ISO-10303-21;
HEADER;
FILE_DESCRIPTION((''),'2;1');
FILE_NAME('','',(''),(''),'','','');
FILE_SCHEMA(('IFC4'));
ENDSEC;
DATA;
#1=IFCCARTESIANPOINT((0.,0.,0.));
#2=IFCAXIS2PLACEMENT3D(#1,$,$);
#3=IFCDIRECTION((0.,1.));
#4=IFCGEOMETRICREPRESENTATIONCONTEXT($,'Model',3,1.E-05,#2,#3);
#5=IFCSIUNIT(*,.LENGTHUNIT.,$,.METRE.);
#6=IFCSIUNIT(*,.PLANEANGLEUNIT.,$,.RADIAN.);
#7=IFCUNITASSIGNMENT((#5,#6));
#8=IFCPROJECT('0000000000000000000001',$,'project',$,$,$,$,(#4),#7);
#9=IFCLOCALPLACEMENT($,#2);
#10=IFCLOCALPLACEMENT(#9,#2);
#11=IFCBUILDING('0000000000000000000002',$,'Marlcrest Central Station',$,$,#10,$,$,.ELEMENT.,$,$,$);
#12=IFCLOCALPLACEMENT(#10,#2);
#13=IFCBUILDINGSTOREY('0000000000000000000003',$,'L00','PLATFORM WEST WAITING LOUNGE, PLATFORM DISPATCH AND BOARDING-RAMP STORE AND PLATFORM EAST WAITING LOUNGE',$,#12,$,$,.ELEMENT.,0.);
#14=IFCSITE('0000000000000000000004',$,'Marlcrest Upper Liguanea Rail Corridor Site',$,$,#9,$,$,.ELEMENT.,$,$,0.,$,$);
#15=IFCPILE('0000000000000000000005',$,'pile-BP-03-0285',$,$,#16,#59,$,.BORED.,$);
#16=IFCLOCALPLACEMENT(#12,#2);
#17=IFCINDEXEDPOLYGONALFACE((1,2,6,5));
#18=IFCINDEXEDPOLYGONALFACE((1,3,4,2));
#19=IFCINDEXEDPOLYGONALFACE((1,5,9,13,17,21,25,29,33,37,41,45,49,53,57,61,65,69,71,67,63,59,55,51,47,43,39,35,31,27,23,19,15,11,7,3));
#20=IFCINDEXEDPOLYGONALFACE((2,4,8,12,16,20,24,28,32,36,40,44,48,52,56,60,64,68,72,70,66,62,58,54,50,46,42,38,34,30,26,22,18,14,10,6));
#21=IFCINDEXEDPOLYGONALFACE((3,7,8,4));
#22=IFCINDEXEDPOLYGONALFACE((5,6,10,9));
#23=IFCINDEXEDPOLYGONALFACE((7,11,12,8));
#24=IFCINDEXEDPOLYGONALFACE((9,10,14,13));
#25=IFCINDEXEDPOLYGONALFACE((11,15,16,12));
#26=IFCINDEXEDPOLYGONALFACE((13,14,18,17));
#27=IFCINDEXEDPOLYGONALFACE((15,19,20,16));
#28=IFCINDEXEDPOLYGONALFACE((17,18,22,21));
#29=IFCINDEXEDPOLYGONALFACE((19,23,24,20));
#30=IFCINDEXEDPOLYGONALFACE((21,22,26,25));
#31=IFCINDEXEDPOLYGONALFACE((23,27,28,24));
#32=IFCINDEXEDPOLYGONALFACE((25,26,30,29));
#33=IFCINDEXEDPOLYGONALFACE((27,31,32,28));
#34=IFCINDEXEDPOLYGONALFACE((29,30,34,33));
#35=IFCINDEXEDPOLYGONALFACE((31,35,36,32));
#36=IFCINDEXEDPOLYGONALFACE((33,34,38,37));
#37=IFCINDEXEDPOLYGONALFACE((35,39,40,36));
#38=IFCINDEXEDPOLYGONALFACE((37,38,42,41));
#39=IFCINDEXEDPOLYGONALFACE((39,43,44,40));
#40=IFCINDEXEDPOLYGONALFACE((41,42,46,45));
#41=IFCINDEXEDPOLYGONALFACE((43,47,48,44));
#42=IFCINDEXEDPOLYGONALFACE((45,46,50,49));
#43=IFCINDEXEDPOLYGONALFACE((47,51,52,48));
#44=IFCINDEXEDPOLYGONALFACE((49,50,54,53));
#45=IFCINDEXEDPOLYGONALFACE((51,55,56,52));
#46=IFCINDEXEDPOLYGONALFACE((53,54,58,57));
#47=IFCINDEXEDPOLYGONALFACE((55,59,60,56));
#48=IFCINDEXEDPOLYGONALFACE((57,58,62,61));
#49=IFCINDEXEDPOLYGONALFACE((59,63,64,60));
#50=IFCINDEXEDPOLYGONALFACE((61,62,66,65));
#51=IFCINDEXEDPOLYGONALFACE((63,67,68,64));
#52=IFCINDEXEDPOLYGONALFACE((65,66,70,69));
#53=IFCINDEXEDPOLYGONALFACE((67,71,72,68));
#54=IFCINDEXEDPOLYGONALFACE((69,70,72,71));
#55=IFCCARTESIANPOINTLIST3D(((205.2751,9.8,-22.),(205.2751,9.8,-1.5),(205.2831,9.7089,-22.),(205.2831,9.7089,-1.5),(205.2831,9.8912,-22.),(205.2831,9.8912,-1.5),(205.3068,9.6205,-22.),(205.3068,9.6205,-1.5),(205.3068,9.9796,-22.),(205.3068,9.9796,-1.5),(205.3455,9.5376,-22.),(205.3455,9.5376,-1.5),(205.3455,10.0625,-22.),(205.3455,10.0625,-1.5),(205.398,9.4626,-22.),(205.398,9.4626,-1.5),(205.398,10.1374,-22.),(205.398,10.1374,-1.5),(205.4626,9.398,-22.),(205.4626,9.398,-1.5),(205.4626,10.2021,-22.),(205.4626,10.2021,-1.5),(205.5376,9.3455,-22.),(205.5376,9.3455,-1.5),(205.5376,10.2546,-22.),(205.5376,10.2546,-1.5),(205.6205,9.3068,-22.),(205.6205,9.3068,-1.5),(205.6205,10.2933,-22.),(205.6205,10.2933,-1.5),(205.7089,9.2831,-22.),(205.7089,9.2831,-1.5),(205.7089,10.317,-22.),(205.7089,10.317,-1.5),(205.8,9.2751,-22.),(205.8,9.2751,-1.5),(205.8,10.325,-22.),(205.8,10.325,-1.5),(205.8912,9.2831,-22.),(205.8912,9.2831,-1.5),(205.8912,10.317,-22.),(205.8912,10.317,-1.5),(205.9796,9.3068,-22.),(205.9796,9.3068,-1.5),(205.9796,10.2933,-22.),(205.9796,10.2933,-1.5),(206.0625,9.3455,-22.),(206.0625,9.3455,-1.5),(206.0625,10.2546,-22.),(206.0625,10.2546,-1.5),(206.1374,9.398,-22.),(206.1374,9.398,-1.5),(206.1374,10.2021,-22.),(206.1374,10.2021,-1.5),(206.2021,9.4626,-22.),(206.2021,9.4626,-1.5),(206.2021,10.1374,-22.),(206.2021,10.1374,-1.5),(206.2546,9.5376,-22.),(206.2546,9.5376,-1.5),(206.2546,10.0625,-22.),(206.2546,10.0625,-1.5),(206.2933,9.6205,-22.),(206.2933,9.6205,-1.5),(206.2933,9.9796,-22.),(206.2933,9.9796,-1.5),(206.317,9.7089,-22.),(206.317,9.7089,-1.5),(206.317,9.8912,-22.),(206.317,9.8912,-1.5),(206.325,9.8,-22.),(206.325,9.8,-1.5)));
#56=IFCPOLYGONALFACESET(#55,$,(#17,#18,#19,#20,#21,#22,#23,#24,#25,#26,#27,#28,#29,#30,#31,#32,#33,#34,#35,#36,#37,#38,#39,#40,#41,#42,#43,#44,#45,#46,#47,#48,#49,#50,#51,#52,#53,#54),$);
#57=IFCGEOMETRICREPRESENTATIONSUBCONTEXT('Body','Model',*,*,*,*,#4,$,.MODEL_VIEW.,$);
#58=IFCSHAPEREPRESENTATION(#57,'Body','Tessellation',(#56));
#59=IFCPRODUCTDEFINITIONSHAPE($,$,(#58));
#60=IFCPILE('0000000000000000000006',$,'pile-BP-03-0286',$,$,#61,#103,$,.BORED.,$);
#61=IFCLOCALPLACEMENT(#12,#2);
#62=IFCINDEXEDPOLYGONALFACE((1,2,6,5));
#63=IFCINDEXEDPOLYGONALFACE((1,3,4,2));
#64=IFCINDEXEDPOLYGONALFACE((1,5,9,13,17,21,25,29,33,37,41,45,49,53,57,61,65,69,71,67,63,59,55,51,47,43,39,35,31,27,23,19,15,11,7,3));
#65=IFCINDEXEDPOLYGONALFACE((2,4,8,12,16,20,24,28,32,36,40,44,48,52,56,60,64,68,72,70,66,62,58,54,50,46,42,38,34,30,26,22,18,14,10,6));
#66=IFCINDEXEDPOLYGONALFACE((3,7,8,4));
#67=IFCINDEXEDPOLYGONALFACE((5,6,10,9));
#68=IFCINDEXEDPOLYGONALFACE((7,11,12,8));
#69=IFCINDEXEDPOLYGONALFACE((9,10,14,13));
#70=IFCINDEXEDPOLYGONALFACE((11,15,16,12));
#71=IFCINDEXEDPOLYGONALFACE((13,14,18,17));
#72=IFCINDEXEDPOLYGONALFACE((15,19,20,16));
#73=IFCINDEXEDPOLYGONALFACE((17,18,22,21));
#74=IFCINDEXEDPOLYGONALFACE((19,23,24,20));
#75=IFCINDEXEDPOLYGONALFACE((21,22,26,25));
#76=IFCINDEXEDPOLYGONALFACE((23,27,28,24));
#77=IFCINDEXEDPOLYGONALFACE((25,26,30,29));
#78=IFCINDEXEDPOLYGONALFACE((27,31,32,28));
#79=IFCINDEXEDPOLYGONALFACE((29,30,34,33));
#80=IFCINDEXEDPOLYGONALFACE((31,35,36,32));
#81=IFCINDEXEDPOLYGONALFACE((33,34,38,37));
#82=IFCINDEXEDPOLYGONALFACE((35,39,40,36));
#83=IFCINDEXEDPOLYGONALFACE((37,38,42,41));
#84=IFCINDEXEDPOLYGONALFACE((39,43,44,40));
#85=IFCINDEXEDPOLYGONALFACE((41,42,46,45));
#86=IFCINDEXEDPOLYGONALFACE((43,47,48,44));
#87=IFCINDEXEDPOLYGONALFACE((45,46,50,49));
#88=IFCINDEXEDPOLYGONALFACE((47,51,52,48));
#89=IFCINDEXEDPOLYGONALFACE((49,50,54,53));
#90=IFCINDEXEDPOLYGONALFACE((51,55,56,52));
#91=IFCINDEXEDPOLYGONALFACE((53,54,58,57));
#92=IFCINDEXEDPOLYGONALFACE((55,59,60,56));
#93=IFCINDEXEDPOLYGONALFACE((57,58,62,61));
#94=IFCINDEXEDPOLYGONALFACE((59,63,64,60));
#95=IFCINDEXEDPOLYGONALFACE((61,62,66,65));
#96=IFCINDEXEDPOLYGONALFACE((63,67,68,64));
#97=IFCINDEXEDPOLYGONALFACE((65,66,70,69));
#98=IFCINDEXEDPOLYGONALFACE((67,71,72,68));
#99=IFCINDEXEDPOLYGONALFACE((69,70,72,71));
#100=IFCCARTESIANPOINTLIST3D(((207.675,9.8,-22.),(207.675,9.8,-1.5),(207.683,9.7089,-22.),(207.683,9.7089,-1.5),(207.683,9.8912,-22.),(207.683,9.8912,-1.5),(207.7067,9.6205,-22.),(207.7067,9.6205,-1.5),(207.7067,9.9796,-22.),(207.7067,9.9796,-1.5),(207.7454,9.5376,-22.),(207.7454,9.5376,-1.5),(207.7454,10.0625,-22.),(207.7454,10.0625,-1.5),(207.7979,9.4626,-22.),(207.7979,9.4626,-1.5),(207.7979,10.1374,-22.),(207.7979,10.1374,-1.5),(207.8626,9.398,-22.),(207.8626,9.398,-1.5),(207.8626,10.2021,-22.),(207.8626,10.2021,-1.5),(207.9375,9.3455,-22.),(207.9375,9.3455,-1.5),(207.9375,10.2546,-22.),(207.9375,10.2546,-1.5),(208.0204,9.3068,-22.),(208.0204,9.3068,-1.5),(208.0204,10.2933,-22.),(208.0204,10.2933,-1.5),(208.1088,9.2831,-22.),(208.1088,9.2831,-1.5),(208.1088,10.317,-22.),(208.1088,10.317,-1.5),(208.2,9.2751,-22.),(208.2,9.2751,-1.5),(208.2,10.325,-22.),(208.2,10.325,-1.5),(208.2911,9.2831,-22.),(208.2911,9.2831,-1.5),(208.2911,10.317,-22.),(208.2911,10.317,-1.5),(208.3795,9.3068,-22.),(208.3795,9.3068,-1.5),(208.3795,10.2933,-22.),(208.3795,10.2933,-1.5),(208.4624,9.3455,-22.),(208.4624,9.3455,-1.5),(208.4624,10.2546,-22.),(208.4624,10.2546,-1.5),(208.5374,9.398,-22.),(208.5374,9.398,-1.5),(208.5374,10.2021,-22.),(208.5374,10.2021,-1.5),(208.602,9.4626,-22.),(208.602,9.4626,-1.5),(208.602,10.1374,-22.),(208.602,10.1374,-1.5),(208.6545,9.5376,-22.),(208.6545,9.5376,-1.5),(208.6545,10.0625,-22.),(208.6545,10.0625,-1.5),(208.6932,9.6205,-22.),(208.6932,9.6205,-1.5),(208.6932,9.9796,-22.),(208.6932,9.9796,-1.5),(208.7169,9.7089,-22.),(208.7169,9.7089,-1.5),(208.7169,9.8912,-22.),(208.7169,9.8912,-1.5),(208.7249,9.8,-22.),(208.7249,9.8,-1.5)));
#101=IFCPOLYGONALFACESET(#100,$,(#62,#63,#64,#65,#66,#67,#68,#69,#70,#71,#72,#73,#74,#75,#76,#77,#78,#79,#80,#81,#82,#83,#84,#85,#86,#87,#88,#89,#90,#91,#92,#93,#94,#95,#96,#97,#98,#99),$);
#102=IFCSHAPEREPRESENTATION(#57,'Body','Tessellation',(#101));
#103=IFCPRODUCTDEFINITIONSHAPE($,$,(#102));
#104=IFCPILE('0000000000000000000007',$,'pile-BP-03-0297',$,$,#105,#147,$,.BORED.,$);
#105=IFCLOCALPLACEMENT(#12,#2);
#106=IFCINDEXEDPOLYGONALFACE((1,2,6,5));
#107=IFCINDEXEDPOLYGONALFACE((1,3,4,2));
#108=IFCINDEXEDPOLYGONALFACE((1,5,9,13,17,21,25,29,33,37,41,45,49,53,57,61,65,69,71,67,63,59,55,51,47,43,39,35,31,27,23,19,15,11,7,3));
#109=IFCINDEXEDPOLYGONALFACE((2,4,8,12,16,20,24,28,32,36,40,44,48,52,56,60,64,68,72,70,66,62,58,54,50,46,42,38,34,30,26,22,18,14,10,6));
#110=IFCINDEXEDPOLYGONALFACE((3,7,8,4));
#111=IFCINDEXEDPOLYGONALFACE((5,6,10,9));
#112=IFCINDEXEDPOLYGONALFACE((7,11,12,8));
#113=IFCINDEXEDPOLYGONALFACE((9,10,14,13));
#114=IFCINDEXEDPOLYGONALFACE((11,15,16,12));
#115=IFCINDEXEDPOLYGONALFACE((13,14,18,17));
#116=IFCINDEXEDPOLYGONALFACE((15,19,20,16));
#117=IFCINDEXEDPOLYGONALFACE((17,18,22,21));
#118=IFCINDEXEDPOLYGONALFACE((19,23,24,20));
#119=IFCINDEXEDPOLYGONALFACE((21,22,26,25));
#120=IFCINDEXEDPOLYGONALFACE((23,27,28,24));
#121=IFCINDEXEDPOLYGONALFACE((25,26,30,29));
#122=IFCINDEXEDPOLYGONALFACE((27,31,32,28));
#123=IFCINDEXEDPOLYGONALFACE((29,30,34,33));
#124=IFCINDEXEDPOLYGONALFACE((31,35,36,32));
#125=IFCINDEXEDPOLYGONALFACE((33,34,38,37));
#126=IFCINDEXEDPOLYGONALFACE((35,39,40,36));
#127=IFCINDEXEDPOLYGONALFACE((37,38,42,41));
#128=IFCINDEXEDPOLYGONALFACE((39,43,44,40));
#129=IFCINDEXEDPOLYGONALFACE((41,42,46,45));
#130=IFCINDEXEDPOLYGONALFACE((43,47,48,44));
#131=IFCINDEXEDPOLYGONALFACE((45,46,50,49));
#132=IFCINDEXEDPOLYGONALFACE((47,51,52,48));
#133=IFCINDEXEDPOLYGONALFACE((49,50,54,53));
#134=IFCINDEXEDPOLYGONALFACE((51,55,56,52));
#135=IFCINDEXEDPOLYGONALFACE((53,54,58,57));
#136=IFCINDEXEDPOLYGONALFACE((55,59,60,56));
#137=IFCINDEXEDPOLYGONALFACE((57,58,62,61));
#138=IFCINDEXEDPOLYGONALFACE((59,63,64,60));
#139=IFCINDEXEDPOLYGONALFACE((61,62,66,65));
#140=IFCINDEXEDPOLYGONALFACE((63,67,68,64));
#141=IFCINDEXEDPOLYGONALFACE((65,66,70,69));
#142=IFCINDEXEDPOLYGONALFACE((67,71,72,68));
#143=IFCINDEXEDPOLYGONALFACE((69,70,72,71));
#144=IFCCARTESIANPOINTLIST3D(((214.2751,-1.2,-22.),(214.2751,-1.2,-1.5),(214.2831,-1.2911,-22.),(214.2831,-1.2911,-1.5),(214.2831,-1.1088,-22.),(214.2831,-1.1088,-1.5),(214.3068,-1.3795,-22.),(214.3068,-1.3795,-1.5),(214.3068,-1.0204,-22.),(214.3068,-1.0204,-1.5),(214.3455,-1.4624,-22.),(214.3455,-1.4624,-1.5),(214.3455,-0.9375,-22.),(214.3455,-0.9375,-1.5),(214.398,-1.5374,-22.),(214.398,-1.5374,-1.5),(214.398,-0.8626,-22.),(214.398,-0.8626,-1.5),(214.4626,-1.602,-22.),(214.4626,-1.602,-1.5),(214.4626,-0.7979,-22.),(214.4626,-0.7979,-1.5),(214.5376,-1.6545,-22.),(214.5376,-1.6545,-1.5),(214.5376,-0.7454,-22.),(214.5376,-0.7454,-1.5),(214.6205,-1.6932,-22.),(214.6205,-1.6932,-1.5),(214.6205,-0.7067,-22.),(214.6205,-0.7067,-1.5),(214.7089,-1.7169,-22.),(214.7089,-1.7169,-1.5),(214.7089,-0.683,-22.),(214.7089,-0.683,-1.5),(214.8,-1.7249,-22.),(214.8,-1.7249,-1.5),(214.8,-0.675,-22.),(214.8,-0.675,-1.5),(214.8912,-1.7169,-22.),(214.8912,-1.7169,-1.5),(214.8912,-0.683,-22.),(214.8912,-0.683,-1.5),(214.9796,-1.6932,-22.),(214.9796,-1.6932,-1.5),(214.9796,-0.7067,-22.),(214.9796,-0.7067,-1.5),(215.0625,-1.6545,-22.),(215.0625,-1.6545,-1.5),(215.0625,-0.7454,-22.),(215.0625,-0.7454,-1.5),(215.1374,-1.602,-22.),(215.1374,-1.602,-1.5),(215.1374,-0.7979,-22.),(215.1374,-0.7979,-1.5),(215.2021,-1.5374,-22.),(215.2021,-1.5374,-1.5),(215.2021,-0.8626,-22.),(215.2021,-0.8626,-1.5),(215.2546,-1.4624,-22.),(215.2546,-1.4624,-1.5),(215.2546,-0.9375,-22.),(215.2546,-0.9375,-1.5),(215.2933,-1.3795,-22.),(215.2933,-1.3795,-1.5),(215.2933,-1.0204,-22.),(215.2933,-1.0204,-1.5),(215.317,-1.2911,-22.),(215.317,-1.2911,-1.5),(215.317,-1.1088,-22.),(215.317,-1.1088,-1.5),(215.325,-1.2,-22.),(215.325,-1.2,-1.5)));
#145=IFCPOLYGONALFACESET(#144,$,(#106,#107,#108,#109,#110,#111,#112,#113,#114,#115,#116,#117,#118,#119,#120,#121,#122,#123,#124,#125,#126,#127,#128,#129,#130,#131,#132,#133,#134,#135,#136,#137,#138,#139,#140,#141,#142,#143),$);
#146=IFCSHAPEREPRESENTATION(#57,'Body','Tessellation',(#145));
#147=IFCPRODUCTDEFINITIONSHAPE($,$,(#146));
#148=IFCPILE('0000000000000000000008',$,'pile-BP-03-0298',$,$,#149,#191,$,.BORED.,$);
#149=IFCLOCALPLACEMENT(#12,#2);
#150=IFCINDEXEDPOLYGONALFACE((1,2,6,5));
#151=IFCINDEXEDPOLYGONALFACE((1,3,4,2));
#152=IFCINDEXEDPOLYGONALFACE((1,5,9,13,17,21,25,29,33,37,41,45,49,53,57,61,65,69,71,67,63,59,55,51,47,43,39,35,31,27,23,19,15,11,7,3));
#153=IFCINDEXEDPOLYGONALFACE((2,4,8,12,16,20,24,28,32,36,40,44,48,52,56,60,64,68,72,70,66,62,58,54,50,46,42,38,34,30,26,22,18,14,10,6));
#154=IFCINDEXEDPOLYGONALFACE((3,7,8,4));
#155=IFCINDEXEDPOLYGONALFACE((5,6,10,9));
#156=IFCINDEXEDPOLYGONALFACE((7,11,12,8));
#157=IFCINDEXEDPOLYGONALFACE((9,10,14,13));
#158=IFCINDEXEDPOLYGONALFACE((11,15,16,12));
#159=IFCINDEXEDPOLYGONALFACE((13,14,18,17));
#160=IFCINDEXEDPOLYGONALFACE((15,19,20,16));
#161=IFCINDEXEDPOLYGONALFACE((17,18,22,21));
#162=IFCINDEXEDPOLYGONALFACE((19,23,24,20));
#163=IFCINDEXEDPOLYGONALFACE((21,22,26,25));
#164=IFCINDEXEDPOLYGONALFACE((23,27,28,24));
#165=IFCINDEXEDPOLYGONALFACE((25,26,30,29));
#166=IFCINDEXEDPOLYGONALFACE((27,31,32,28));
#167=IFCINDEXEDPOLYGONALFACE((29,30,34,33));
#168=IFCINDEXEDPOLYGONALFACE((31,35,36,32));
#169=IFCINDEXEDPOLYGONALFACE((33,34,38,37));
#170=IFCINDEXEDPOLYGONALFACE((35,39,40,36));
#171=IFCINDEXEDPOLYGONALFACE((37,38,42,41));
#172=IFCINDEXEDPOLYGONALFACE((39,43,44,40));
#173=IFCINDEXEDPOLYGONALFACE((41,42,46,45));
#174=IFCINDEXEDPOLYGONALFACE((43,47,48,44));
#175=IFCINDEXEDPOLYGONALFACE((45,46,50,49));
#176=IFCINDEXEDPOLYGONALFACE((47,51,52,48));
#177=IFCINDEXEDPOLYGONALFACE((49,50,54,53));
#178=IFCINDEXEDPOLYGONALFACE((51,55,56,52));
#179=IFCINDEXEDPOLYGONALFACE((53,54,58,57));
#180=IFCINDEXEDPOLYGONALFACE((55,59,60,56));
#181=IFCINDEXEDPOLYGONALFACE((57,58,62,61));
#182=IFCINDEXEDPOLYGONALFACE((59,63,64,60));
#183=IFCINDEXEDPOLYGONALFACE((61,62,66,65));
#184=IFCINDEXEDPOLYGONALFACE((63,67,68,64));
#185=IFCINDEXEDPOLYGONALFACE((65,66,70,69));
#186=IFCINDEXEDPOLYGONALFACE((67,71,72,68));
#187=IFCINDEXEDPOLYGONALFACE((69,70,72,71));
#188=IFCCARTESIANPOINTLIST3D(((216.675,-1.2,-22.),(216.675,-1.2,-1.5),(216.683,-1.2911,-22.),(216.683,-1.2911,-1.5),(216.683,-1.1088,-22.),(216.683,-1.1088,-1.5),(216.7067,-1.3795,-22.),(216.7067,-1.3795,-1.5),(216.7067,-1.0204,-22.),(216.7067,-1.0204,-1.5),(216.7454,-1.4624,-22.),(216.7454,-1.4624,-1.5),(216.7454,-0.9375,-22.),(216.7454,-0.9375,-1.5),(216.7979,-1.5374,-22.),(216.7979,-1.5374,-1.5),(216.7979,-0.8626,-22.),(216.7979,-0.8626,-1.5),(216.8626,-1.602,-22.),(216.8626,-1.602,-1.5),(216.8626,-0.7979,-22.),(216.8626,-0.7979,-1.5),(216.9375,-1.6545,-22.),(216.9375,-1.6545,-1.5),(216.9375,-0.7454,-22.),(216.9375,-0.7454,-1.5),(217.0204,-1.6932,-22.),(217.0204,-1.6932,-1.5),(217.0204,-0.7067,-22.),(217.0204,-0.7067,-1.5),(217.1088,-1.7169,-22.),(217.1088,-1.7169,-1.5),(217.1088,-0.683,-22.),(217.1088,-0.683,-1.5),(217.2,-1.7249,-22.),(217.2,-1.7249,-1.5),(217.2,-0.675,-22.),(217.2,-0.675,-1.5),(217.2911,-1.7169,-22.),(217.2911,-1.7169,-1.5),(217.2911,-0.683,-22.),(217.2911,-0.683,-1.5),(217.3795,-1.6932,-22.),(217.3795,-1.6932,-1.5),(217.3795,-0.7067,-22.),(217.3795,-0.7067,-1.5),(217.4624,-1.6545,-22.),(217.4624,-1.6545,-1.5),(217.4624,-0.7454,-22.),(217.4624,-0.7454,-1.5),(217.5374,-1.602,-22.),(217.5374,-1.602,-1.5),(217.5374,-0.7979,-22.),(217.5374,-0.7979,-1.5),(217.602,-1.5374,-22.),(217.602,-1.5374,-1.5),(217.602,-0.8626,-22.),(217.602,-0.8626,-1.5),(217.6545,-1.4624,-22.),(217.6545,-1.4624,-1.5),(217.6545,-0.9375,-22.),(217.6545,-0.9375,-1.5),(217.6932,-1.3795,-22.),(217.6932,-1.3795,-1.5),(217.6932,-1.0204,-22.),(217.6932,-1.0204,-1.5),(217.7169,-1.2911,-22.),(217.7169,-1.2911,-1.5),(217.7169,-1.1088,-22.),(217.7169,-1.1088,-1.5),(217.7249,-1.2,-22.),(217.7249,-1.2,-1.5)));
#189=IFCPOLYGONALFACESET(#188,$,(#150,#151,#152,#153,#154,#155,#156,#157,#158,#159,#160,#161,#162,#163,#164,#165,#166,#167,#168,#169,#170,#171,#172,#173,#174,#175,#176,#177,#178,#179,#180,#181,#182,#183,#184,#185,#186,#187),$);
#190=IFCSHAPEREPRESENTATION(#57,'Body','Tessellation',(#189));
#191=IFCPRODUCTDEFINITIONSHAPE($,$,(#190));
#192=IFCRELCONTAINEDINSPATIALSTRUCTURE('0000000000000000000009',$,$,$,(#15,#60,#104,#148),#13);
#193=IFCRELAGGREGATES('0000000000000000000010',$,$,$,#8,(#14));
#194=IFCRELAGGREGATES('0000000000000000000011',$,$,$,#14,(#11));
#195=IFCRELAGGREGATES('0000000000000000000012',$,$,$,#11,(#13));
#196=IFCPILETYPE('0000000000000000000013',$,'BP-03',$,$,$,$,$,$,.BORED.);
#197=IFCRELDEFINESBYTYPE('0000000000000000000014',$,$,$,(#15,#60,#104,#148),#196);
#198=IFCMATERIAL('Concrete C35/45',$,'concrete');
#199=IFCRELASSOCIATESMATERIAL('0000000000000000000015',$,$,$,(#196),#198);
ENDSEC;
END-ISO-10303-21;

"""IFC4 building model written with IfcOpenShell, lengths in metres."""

from ifc_helpers import new_model, si_unit, direction, frame, origin, origin_2d, place, context, subcontext, project, spatial, circle, extrude, material, material_profile, profile_set, type_object, element, save


model = new_model("IFC4")

# Units and contexts
model_context = context("Model", 3, precision=1e-05, world=origin(), true_north=direction((0.0, 1.0)))
body_context = subcontext(model_context, "Body", "Model", "MODEL_VIEW")
ifc_project = project(units=[si_unit("LENGTHUNIT", "METRE"), si_unit("PLANEANGLEUNIT", "RADIAN")], contexts=[model_context])

# Site, building, storey
site_placement = place(None, origin())
site = spatial("IfcSite", under=ifc_project, at=site_placement, Name="Marlcrest Upper Liguanea Rail Corridor Site", CompositionType="ELEMENT", RefElevation=0.0)
building_placement = place(site_placement, origin())
building = spatial("IfcBuilding", under=site, at=building_placement, Name="Marlcrest Central Station", CompositionType="ELEMENT")
storey_placement = place(building_placement, origin())
storey = spatial("IfcBuildingStorey", under=building, at=storey_placement, Name="L00", Description="PLATFORM WEST WAITING LOUNGE, PLATFORM DISPATCH AND BOARDING-RAMP STORE AND PLATFORM EAST WAITING LOUNGE", CompositionType="ELEMENT", Elevation=0.0)

# Piles
ifc_material_1 = material(Name="Concrete C35/45", Category="concrete")
ifc_material_profile_1 = material_profile(ifc_material_1, circle(Radius=0.5249, at=origin_2d()), Name="PILE D1050")
ifc_profile_set_1 = profile_set([ifc_material_profile_1], Name="Concrete C35/45")
pile_type = type_object("IfcPileType", Name="BP-03", PredefinedType="BORED", material=ifc_profile_set_1)
for number, where, z_axis, x_axis, name in (
    (1, (205.8, 9.8, -1.5), (0.0, 0.0, -1.0), (1.0, 0.0, 0.0), "pile-BP-03-0285"),
    (2, (208.2, 9.8, -1.5), (0.0, 0.0, -1.0), (1.0, 0.0, 0.0), "pile-BP-03-0286"),
    (3, (214.8, -1.2, -1.5), (0.0, 0.0, -1.0), (1.0, 0.0, 0.0), "pile-BP-03-0297"),
    (4, (217.2, -1.2, -1.5), (0.0, 0.0, -1.0), (1.0, 0.0, 0.0), "pile-BP-03-0298"),
):
    element("IfcPile", number, at=place(storey_placement, frame(where, z_axis=z_axis, x_axis=x_axis)), inside=storey, type_object=pile_type, Name=name, PredefinedType="BORED", context=body_context, shape_type="SweptSolid", body=[
        extrude(circle(Radius=0.5249, at=origin_2d()), origin(), (0.0, 0.0, 1.0), 20.5),
    ])

save(model, "model.ifc")
